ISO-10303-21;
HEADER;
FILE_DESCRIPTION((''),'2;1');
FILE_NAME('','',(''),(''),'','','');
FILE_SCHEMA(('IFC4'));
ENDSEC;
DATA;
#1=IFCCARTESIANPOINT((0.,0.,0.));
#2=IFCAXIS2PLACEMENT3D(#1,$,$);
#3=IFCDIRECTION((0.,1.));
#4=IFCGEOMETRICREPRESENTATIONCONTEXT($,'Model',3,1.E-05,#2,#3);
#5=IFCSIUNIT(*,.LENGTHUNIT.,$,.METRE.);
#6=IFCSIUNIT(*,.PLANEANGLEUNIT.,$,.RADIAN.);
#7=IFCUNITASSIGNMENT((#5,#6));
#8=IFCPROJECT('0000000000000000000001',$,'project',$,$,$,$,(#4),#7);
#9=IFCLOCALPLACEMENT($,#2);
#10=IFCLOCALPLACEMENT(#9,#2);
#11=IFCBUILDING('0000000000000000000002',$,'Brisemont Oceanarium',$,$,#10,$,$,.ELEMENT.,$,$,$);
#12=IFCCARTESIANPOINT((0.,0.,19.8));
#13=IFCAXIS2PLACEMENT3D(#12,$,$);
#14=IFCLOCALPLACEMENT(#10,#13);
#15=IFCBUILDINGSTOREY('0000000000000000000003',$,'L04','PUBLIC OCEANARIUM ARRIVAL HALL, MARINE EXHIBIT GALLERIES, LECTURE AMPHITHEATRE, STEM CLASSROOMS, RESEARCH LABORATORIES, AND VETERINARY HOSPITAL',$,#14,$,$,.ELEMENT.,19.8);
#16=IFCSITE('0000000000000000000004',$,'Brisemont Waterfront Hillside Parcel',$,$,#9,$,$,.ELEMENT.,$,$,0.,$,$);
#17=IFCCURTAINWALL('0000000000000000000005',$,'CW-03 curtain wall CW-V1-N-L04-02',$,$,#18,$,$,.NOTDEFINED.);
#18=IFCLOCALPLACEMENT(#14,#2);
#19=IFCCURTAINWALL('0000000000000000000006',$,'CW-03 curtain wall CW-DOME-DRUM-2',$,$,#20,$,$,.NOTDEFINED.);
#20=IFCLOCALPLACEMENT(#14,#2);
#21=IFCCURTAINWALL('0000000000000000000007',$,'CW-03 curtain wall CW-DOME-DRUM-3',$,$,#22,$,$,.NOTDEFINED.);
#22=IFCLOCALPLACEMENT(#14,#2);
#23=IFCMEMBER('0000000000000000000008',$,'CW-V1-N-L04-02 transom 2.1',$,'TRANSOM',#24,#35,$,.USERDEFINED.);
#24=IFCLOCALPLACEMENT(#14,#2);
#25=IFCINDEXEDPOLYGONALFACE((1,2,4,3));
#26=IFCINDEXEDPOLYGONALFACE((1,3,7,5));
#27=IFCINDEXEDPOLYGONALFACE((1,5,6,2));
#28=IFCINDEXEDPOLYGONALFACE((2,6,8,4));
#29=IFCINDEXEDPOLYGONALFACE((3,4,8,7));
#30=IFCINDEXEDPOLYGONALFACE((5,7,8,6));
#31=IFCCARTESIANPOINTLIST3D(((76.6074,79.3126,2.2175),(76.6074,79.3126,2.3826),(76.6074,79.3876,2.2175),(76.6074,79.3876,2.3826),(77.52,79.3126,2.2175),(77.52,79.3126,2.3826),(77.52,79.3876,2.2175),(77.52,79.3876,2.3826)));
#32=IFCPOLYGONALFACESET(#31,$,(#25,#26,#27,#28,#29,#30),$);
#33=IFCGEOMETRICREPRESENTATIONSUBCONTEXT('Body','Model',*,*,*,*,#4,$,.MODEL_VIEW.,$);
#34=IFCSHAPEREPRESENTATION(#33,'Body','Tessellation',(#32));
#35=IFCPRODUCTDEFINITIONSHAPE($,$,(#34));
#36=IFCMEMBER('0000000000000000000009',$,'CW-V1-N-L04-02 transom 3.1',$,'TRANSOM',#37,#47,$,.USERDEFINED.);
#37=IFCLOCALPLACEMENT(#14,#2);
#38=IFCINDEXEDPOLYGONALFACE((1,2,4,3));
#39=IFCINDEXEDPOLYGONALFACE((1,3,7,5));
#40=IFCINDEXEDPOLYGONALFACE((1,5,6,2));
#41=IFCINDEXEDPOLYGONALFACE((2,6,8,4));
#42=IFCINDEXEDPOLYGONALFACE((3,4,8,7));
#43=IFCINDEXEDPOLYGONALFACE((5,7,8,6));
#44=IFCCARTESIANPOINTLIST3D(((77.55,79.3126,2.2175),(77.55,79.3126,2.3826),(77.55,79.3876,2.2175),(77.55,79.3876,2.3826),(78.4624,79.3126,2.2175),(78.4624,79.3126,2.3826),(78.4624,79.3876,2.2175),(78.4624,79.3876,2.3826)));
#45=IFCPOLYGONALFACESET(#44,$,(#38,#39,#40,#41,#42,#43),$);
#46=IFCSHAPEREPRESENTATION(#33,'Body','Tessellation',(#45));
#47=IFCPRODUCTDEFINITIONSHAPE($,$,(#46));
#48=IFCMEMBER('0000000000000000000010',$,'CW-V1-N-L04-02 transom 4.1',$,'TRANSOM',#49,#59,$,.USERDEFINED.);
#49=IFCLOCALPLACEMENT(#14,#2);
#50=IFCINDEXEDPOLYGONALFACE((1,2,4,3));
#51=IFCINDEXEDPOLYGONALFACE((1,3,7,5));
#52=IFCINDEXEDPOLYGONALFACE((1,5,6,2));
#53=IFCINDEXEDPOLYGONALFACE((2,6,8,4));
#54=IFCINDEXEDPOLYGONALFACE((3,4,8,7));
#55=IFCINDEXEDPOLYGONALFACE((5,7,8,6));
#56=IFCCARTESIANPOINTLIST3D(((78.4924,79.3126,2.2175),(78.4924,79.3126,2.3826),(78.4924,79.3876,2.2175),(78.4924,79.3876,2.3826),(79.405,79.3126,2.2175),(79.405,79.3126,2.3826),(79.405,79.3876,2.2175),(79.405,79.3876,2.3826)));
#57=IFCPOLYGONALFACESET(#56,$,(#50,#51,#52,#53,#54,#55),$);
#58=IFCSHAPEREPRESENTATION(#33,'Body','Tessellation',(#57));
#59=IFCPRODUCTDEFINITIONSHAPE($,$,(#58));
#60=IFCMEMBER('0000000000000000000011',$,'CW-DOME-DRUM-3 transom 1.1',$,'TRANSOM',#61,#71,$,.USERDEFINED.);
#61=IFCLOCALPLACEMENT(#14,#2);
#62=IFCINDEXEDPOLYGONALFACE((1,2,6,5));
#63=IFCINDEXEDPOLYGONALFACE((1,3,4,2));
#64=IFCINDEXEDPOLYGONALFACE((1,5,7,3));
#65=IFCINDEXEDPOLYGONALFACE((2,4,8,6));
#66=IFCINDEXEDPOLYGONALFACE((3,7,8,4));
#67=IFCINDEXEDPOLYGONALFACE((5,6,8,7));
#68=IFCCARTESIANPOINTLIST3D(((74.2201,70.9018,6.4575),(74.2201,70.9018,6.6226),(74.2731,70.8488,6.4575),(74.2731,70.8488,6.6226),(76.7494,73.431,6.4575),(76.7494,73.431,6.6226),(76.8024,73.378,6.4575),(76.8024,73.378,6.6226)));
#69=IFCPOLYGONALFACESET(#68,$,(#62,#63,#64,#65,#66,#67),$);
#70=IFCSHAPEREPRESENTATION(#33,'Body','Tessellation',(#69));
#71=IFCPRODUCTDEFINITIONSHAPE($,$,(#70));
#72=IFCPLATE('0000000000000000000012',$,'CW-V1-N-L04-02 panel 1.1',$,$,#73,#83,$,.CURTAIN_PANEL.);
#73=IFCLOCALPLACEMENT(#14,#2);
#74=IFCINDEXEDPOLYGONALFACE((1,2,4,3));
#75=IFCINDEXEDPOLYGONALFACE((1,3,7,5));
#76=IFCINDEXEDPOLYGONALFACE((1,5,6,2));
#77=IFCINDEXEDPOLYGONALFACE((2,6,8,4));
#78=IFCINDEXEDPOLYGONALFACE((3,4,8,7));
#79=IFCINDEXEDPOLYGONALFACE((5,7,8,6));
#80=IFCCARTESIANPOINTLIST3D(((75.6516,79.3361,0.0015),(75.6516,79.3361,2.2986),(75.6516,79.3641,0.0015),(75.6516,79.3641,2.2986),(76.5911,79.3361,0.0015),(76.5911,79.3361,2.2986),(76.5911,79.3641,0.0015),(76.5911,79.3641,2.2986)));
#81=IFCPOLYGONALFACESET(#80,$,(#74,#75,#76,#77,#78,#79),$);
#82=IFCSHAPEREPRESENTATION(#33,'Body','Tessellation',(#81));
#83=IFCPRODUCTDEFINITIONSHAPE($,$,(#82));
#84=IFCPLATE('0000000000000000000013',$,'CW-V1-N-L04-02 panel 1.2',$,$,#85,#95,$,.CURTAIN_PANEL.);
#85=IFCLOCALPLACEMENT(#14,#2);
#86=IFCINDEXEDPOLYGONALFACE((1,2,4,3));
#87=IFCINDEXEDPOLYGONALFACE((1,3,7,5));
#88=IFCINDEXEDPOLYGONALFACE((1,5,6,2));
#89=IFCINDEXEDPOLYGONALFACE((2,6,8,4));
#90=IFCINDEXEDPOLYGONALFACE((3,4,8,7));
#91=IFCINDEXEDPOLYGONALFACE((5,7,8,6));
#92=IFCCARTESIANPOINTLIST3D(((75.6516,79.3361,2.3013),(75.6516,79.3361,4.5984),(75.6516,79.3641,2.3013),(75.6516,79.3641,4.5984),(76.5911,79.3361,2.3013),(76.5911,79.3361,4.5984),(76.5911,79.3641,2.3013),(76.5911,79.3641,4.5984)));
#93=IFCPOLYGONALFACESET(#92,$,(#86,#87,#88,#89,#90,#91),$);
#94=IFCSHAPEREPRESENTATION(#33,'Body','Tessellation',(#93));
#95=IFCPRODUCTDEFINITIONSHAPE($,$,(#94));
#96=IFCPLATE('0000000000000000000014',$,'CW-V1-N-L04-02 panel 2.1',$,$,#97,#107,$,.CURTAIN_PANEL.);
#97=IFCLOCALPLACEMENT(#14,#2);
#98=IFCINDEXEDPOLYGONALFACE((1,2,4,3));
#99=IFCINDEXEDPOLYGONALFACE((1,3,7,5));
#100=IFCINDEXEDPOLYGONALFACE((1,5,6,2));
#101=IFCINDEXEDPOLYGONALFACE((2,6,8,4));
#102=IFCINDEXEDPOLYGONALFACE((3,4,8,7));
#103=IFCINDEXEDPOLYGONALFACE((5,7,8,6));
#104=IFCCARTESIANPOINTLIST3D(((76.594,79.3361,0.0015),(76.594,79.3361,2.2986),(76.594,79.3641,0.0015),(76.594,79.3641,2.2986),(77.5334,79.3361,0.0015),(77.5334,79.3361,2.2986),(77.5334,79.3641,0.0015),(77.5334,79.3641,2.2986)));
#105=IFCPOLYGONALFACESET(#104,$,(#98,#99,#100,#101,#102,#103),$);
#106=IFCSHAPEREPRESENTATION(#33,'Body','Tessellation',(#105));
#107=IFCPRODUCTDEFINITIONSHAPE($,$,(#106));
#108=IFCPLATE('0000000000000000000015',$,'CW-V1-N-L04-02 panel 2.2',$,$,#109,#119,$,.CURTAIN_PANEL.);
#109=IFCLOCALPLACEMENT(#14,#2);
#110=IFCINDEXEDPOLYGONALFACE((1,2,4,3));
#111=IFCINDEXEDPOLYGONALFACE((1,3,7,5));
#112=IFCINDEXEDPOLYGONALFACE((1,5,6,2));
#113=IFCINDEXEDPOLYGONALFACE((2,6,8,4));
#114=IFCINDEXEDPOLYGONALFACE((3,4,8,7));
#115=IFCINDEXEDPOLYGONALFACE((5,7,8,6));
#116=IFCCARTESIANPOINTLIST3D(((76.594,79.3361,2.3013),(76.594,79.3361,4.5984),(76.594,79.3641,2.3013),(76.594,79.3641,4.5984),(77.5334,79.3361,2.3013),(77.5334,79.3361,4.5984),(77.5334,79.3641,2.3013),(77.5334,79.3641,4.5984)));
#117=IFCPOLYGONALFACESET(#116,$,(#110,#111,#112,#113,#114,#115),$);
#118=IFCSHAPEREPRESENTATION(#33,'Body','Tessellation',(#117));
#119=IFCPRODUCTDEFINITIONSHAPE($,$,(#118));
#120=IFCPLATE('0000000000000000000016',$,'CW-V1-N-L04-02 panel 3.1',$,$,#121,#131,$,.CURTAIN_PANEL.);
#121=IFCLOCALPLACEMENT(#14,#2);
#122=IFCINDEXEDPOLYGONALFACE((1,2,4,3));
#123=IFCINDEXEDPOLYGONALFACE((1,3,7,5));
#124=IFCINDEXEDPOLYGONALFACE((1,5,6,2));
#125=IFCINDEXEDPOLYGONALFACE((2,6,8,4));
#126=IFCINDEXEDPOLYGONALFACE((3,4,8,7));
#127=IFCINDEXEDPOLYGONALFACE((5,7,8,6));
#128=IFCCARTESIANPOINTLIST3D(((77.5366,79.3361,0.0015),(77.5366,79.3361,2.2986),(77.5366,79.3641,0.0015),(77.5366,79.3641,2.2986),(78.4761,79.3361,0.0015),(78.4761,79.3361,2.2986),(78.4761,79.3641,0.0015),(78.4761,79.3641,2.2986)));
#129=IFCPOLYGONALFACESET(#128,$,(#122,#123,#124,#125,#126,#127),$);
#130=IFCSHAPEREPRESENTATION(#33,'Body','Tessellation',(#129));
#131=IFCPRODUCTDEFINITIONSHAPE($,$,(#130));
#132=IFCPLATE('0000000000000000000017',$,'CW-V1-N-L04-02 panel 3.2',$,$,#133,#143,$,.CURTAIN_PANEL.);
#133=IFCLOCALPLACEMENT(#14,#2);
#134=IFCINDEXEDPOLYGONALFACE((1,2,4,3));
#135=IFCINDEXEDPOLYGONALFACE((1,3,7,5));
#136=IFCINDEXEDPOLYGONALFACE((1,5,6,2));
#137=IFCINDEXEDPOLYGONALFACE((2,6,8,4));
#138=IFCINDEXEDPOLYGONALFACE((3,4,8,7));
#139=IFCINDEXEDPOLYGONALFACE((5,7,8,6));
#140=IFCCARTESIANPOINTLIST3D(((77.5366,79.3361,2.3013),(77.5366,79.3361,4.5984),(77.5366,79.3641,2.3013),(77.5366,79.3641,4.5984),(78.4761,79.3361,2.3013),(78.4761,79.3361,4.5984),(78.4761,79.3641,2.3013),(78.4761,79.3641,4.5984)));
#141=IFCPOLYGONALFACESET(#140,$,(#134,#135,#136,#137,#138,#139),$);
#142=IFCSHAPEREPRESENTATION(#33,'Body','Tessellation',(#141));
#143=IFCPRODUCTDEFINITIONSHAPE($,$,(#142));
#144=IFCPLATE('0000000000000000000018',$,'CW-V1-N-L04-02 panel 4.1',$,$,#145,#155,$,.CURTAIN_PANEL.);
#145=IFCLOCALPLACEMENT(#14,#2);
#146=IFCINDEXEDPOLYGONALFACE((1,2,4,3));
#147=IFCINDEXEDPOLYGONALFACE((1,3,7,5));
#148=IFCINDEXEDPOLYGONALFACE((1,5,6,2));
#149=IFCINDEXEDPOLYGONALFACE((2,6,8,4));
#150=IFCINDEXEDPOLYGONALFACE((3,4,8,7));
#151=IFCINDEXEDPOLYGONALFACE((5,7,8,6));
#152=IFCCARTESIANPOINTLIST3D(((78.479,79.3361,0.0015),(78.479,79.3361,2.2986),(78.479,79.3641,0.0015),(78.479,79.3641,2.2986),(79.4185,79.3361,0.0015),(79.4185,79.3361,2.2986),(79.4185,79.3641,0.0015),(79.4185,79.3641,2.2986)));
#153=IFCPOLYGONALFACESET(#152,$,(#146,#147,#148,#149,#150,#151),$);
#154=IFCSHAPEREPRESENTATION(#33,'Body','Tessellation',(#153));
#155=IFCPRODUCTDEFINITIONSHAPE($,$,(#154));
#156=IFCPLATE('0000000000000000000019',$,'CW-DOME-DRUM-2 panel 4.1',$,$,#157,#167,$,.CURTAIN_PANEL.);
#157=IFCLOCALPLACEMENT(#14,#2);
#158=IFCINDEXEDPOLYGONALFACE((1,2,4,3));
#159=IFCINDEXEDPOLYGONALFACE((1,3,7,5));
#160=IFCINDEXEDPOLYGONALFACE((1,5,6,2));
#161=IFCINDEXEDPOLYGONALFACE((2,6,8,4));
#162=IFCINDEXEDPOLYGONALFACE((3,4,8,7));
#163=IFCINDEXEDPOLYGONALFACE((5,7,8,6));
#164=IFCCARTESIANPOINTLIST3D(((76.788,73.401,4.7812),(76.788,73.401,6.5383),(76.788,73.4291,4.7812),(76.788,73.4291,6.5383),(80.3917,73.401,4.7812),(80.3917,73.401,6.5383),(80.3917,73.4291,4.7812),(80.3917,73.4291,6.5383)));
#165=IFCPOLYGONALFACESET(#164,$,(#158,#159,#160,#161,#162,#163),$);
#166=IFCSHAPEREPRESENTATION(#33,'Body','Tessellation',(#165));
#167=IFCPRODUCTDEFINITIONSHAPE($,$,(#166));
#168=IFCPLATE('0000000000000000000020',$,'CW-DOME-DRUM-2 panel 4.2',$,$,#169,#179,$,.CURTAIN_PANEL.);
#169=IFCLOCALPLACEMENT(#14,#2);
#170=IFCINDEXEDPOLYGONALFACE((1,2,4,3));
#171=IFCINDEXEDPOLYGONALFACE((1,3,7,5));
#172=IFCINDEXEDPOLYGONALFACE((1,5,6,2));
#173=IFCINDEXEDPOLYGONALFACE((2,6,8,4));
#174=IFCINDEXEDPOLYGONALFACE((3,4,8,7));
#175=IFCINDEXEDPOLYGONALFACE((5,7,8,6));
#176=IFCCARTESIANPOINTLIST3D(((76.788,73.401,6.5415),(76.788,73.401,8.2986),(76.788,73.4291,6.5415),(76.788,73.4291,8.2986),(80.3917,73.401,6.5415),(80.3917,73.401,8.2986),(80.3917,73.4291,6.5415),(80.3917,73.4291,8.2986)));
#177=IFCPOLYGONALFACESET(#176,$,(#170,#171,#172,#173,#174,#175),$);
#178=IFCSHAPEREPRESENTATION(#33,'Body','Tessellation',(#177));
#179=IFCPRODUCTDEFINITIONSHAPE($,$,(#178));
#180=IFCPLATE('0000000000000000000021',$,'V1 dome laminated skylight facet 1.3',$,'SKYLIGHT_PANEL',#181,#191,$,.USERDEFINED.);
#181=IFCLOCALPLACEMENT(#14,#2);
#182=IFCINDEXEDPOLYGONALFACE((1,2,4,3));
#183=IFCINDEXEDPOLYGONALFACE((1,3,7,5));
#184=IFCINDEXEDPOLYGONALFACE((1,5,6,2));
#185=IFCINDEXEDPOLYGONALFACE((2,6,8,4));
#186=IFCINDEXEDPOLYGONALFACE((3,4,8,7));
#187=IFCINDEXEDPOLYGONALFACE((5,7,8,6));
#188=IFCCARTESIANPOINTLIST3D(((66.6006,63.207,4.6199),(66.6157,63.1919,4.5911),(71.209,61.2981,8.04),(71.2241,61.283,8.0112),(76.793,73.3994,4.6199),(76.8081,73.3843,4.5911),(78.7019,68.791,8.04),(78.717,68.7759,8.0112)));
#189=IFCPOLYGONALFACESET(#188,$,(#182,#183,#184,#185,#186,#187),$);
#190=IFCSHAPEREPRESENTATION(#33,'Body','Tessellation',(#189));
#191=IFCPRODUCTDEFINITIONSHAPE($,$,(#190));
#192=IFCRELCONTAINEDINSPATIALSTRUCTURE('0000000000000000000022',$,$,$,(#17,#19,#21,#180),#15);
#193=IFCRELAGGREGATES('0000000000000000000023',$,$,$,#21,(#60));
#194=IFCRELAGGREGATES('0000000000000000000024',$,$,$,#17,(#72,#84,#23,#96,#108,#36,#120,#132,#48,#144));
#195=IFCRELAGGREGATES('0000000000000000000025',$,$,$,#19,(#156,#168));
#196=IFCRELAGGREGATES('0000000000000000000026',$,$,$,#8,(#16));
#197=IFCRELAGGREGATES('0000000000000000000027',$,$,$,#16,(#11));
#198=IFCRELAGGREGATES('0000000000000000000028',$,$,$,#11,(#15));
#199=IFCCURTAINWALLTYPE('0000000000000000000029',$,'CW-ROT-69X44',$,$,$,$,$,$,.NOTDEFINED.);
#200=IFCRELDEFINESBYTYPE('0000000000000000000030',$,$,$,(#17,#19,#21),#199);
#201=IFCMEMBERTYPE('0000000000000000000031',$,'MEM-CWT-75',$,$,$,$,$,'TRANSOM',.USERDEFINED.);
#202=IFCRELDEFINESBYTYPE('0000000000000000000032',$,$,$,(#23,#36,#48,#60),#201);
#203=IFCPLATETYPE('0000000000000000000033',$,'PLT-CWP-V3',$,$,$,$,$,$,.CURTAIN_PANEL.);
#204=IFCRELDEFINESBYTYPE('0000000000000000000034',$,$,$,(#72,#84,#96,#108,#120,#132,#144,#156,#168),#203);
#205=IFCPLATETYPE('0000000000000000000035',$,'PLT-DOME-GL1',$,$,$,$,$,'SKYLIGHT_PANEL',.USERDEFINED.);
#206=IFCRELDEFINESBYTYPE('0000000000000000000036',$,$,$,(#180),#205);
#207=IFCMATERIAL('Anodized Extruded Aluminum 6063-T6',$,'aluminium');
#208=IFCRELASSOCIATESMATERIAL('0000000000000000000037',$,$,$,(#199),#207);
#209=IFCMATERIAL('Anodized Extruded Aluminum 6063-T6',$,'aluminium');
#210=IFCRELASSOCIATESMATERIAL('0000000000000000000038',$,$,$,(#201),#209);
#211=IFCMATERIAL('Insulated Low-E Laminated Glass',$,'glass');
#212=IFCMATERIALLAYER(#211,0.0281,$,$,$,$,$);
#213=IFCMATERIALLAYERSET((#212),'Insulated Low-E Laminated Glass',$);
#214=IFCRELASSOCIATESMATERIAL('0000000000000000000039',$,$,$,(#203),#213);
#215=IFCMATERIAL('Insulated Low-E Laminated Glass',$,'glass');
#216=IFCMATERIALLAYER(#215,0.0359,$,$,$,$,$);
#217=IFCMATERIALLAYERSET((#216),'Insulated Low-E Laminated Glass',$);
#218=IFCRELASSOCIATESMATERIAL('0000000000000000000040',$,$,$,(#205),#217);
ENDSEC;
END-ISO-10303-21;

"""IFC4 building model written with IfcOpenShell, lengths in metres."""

from ifc_helpers import new_model, si_unit, direction, frame, origin, origin_2d, place, context, subcontext, project, spatial, polyline, rectangle, outline, extrude, material, layer, layer_set, material_profile, profile_set, type_object, element, aggregate, save


model = new_model("IFC4")

# Units and contexts
model_context = context("Model", 3, precision=1e-05, world=origin(), true_north=direction((0.0, 1.0)))
body_context = subcontext(model_context, "Body", "Model", "MODEL_VIEW")
ifc_project = project(units=[si_unit("LENGTHUNIT", "METRE"), si_unit("PLANEANGLEUNIT", "RADIAN")], contexts=[model_context])

# Site, building, storey
site_placement = place(None, origin())
site = spatial("IfcSite", under=ifc_project, at=site_placement, Name="Brisemont Waterfront Hillside Parcel", CompositionType="ELEMENT", RefElevation=0.0)
building_placement = place(site_placement, origin())
building = spatial("IfcBuilding", under=site, at=building_placement, Name="Brisemont Oceanarium", CompositionType="ELEMENT")
storey_placement = place(building_placement, frame((0.0, 0.0, 19.8)))
storey = spatial("IfcBuildingStorey", under=building, at=storey_placement, Name="L04", Description="PUBLIC OCEANARIUM ARRIVAL HALL, MARINE EXHIBIT GALLERIES, LECTURE AMPHITHEATRE, STEM CLASSROOMS, RESEARCH LABORATORIES, AND VETERINARY HOSPITAL", CompositionType="ELEMENT", Elevation=19.8)

# Curtain wall
ifc_material_1 = material(Name="Anodized Extruded Aluminum 6063-T6", Category="aluminium")
curtain_wall_type = type_object("IfcCurtainWallType", Name="CW-ROT-69X44", PredefinedType="NOTDEFINED", material=ifc_material_1)
curtain_wall_1_placement = place(storey_placement, origin())
curtain_wall_1 = element("IfcCurtainWall", 1, at=curtain_wall_1_placement, inside=storey, type_object=curtain_wall_type, Name="CW-03 curtain wall CW-V1-N-L04-02", PredefinedType="NOTDEFINED")

# Curtain walls
curtain_wall_2_placement = place(storey_placement, origin())
curtain_wall_2 = element("IfcCurtainWall", 2, at=curtain_wall_2_placement, inside=storey, type_object=curtain_wall_type, Name="CW-03 curtain wall CW-DOME-DRUM-2", PredefinedType="NOTDEFINED")
curtain_wall_3_placement = place(storey_placement, origin())
curtain_wall_3 = element("IfcCurtainWall", 3, at=curtain_wall_3_placement, inside=storey, type_object=curtain_wall_type, Name="CW-03 curtain wall CW-DOME-DRUM-3", PredefinedType="NOTDEFINED")

# Members
ifc_material_2 = material(Name="Anodized Extruded Aluminum 6063-T6", Category="aluminium")
ifc_material_profile_1 = material_profile(ifc_material_2, rectangle(XDim=0.075, YDim=0.165, at=origin_2d()), Name="CWT-75X165")
ifc_profile_set_1 = profile_set([ifc_material_profile_1], Name="Anodized Extruded Aluminum 6063-T6")
member_type_1 = type_object("IfcMemberType", Name="MEM-CWT-75", ElementType="TRANSOM", PredefinedType="USERDEFINED", material=ifc_profile_set_1)
member_1_placement = place(storey_placement, frame((76.6074, 79.3501, 2.3), z_axis=(1.0, 0.0, 0.0), x_axis=(0.0, 1.0, 0.0)))
member_1 = element("IfcMember", 4, at=member_1_placement, type_object=member_type_1, Name="CW-V1-N-L04-02 transom 2.1", ObjectType="TRANSOM", PredefinedType="USERDEFINED", context=body_context, shape_type="SweptSolid", body=[
    extrude(rectangle(XDim=0.075, YDim=0.165, at=origin_2d()), origin(), (0.0, 0.0, 1.0), 0.9126),
])
member_2_placement = place(storey_placement, frame((77.55, 79.3501, 2.3), z_axis=(1.0, 0.0, 0.0), x_axis=(0.0, 1.0, 0.0)))
member_2 = element("IfcMember", 5, at=member_2_placement, type_object=member_type_1, Name="CW-V1-N-L04-02 transom 3.1", ObjectType="TRANSOM", PredefinedType="USERDEFINED", context=body_context, shape_type="SweptSolid", body=[
    extrude(rectangle(XDim=0.075, YDim=0.165, at=origin_2d()), origin(), (0.0, 0.0, 1.0), 0.9124),
])
member_3_placement = place(storey_placement, frame((78.4924, 79.3501, 2.3), z_axis=(1.0, 0.0, 0.0), x_axis=(0.0, 1.0, 0.0)))
member_3 = element("IfcMember", 6, at=member_3_placement, type_object=member_type_1, Name="CW-V1-N-L04-02 transom 4.1", ObjectType="TRANSOM", PredefinedType="USERDEFINED", context=body_context, shape_type="SweptSolid", body=[
    extrude(rectangle(XDim=0.075, YDim=0.165, at=origin_2d()), origin(), (0.0, 0.0, 1.0), 0.9126),
])
member_4_placement = place(storey_placement, frame((76.7759, 73.4045, 6.54), z_axis=(-0.707107, -0.707107, 0.0), x_axis=(0.707107, -0.707107, 0.0)))
member_4 = element("IfcMember", 7, at=member_4_placement, type_object=member_type_1, Name="CW-DOME-DRUM-3 transom 1.1", ObjectType="TRANSOM", PredefinedType="USERDEFINED", context=body_context, shape_type="SweptSolid", body=[
    extrude(rectangle(XDim=0.075, YDim=0.165, at=origin_2d()), origin(), (0.0, 0.0, 1.0), 3.5769),
])
aggregate(curtain_wall_3, [member_4])

# Plates
ifc_material_3 = material(Name="Insulated Low-E Laminated Glass", Category="glass")
ifc_layer_1 = layer(ifc_material_3, 0.0281)
ifc_layer_set_1 = layer_set([ifc_layer_1], Name="Insulated Low-E Laminated Glass")
plate_type_1 = type_object("IfcPlateType", Name="PLT-CWP-V3", PredefinedType="CURTAIN_PANEL", material=ifc_layer_set_1)
plate_1_placement = place(storey_placement, frame((76.1213, 79.3501, 0.0015), z_axis=(0.0, 0.0, 1.0), x_axis=(1.0, 0.0, 0.0)))
plate_1 = element("IfcPlate", 8, at=plate_1_placement, type_object=plate_type_1, Name="CW-V1-N-L04-02 panel 1.1", PredefinedType="CURTAIN_PANEL", context=body_context, shape_type="SweptSolid", body=[
    extrude(rectangle(XDim=0.9395, YDim=0.0281, at=origin_2d()), origin(), (0.0, 0.0, 1.0), 2.2971),
])
plate_2_placement = place(storey_placement, frame((76.1213, 79.3501, 2.3013), z_axis=(0.0, 0.0, 1.0), x_axis=(1.0, 0.0, 0.0)))
plate_2 = element("IfcPlate", 9, at=plate_2_placement, type_object=plate_type_1, Name="CW-V1-N-L04-02 panel 1.2", PredefinedType="CURTAIN_PANEL", context=body_context, shape_type="SweptSolid", body=[
    extrude(rectangle(XDim=0.9395, YDim=0.0281, at=origin_2d()), origin(), (0.0, 0.0, 1.0), 2.2971),
])
plate_3_placement = place(storey_placement, frame((77.0637, 79.3501, 0.0015), z_axis=(0.0, 0.0, 1.0), x_axis=(1.0, 0.0, 0.0)))
plate_3 = element("IfcPlate", 10, at=plate_3_placement, type_object=plate_type_1, Name="CW-V1-N-L04-02 panel 2.1", PredefinedType="CURTAIN_PANEL", context=body_context, shape_type="SweptSolid", body=[
    extrude(rectangle(XDim=0.9395, YDim=0.0281, at=origin_2d()), origin(), (0.0, 0.0, 1.0), 2.2971),
])
plate_4_placement = place(storey_placement, frame((77.0637, 79.3501, 2.3013), z_axis=(0.0, 0.0, 1.0), x_axis=(1.0, 0.0, 0.0)))
plate_4 = element("IfcPlate", 11, at=plate_4_placement, type_object=plate_type_1, Name="CW-V1-N-L04-02 panel 2.2", PredefinedType="CURTAIN_PANEL", context=body_context, shape_type="SweptSolid", body=[
    extrude(rectangle(XDim=0.9395, YDim=0.0281, at=origin_2d()), origin(), (0.0, 0.0, 1.0), 2.2971),
])
plate_5_placement = place(storey_placement, frame((78.0063, 79.3501, 0.0015), z_axis=(0.0, 0.0, 1.0), x_axis=(1.0, 0.0, 0.0)))
plate_5 = element("IfcPlate", 12, at=plate_5_placement, type_object=plate_type_1, Name="CW-V1-N-L04-02 panel 3.1", PredefinedType="CURTAIN_PANEL", context=body_context, shape_type="SweptSolid", body=[
    extrude(rectangle(XDim=0.9395, YDim=0.0281, at=origin_2d()), origin(), (0.0, 0.0, 1.0), 2.2971),
])
plate_6_placement = place(storey_placement, frame((78.0063, 79.3501, 2.3013), z_axis=(0.0, 0.0, 1.0), x_axis=(1.0, 0.0, 0.0)))
plate_6 = element("IfcPlate", 13, at=plate_6_placement, type_object=plate_type_1, Name="CW-V1-N-L04-02 panel 3.2", PredefinedType="CURTAIN_PANEL", context=body_context, shape_type="SweptSolid", body=[
    extrude(rectangle(XDim=0.9395, YDim=0.0281, at=origin_2d()), origin(), (0.0, 0.0, 1.0), 2.2971),
])
plate_7_placement = place(storey_placement, frame((78.9487, 79.3501, 0.0015), z_axis=(0.0, 0.0, 1.0), x_axis=(1.0, 0.0, 0.0)))
plate_7 = element("IfcPlate", 14, at=plate_7_placement, type_object=plate_type_1, Name="CW-V1-N-L04-02 panel 4.1", PredefinedType="CURTAIN_PANEL", context=body_context, shape_type="SweptSolid", body=[
    extrude(rectangle(XDim=0.9395, YDim=0.0281, at=origin_2d()), origin(), (0.0, 0.0, 1.0), 2.2971),
])
aggregate(curtain_wall_1, [plate_1, plate_2, member_1, plate_3, plate_4, member_2, plate_5, plate_6, member_3, plate_7])
plate_8_placement = place(storey_placement, frame((78.5898, 73.415, 4.7812), z_axis=(0.0, 0.0, 1.0), x_axis=(-1.0, 0.0, 0.0)))
plate_8 = element("IfcPlate", 15, at=plate_8_placement, type_object=plate_type_1, Name="CW-DOME-DRUM-2 panel 4.1", PredefinedType="CURTAIN_PANEL", context=body_context, shape_type="SweptSolid", body=[
    extrude(rectangle(XDim=3.6038, YDim=0.0281, at=origin_2d()), origin(), (0.0, 0.0, 1.0), 1.7571),
])
plate_9_placement = place(storey_placement, frame((78.5898, 73.415, 6.5415), z_axis=(0.0, 0.0, 1.0), x_axis=(-1.0, 0.0, 0.0)))
plate_9 = element("IfcPlate", 16, at=plate_9_placement, type_object=plate_type_1, Name="CW-DOME-DRUM-2 panel 4.2", PredefinedType="CURTAIN_PANEL", context=body_context, shape_type="SweptSolid", body=[
    extrude(rectangle(XDim=3.6038, YDim=0.0281, at=origin_2d()), origin(), (0.0, 0.0, 1.0), 1.7571),
])
aggregate(curtain_wall_2, [plate_8, plate_9])

# Plate
ifc_material_4 = material(Name="Insulated Low-E Laminated Glass", Category="glass")
ifc_layer_2 = layer(ifc_material_4, 0.0359)
ifc_layer_set_2 = layer_set([ifc_layer_2], Name="Insulated Low-E Laminated Glass")
plate_type_2 = type_object("IfcPlateType", Name="PLT-DOME-GL1", ElementType="SKYLIGHT_PANEL", PredefinedType="USERDEFINED", material=ifc_layer_set_2)
plate_10_placement = place(storey_placement, frame((76.793, 73.3994, 4.6199), z_axis=(-0.421406, 0.421406, 0.803015), x_axis=(-0.707107, -0.707107, 0.0)))
element("IfcPlate", 17, at=plate_10_placement, inside=storey, type_object=plate_type_2, Name="V1 dome laminated skylight facet 1.3", ObjectType="SKYLIGHT_PANEL", PredefinedType="USERDEFINED", context=body_context, shape_type="SweptSolid", body=[
    extrude(outline(polyline([(0.0, 0.0), (14.4142, 0.0), (12.5054, 5.7389), (1.9088, 5.7389), (0.0, 0.0)])), origin(), (0.0, 0.0, -1.0), 0.0359),
])

save(model, "model.ifc")
